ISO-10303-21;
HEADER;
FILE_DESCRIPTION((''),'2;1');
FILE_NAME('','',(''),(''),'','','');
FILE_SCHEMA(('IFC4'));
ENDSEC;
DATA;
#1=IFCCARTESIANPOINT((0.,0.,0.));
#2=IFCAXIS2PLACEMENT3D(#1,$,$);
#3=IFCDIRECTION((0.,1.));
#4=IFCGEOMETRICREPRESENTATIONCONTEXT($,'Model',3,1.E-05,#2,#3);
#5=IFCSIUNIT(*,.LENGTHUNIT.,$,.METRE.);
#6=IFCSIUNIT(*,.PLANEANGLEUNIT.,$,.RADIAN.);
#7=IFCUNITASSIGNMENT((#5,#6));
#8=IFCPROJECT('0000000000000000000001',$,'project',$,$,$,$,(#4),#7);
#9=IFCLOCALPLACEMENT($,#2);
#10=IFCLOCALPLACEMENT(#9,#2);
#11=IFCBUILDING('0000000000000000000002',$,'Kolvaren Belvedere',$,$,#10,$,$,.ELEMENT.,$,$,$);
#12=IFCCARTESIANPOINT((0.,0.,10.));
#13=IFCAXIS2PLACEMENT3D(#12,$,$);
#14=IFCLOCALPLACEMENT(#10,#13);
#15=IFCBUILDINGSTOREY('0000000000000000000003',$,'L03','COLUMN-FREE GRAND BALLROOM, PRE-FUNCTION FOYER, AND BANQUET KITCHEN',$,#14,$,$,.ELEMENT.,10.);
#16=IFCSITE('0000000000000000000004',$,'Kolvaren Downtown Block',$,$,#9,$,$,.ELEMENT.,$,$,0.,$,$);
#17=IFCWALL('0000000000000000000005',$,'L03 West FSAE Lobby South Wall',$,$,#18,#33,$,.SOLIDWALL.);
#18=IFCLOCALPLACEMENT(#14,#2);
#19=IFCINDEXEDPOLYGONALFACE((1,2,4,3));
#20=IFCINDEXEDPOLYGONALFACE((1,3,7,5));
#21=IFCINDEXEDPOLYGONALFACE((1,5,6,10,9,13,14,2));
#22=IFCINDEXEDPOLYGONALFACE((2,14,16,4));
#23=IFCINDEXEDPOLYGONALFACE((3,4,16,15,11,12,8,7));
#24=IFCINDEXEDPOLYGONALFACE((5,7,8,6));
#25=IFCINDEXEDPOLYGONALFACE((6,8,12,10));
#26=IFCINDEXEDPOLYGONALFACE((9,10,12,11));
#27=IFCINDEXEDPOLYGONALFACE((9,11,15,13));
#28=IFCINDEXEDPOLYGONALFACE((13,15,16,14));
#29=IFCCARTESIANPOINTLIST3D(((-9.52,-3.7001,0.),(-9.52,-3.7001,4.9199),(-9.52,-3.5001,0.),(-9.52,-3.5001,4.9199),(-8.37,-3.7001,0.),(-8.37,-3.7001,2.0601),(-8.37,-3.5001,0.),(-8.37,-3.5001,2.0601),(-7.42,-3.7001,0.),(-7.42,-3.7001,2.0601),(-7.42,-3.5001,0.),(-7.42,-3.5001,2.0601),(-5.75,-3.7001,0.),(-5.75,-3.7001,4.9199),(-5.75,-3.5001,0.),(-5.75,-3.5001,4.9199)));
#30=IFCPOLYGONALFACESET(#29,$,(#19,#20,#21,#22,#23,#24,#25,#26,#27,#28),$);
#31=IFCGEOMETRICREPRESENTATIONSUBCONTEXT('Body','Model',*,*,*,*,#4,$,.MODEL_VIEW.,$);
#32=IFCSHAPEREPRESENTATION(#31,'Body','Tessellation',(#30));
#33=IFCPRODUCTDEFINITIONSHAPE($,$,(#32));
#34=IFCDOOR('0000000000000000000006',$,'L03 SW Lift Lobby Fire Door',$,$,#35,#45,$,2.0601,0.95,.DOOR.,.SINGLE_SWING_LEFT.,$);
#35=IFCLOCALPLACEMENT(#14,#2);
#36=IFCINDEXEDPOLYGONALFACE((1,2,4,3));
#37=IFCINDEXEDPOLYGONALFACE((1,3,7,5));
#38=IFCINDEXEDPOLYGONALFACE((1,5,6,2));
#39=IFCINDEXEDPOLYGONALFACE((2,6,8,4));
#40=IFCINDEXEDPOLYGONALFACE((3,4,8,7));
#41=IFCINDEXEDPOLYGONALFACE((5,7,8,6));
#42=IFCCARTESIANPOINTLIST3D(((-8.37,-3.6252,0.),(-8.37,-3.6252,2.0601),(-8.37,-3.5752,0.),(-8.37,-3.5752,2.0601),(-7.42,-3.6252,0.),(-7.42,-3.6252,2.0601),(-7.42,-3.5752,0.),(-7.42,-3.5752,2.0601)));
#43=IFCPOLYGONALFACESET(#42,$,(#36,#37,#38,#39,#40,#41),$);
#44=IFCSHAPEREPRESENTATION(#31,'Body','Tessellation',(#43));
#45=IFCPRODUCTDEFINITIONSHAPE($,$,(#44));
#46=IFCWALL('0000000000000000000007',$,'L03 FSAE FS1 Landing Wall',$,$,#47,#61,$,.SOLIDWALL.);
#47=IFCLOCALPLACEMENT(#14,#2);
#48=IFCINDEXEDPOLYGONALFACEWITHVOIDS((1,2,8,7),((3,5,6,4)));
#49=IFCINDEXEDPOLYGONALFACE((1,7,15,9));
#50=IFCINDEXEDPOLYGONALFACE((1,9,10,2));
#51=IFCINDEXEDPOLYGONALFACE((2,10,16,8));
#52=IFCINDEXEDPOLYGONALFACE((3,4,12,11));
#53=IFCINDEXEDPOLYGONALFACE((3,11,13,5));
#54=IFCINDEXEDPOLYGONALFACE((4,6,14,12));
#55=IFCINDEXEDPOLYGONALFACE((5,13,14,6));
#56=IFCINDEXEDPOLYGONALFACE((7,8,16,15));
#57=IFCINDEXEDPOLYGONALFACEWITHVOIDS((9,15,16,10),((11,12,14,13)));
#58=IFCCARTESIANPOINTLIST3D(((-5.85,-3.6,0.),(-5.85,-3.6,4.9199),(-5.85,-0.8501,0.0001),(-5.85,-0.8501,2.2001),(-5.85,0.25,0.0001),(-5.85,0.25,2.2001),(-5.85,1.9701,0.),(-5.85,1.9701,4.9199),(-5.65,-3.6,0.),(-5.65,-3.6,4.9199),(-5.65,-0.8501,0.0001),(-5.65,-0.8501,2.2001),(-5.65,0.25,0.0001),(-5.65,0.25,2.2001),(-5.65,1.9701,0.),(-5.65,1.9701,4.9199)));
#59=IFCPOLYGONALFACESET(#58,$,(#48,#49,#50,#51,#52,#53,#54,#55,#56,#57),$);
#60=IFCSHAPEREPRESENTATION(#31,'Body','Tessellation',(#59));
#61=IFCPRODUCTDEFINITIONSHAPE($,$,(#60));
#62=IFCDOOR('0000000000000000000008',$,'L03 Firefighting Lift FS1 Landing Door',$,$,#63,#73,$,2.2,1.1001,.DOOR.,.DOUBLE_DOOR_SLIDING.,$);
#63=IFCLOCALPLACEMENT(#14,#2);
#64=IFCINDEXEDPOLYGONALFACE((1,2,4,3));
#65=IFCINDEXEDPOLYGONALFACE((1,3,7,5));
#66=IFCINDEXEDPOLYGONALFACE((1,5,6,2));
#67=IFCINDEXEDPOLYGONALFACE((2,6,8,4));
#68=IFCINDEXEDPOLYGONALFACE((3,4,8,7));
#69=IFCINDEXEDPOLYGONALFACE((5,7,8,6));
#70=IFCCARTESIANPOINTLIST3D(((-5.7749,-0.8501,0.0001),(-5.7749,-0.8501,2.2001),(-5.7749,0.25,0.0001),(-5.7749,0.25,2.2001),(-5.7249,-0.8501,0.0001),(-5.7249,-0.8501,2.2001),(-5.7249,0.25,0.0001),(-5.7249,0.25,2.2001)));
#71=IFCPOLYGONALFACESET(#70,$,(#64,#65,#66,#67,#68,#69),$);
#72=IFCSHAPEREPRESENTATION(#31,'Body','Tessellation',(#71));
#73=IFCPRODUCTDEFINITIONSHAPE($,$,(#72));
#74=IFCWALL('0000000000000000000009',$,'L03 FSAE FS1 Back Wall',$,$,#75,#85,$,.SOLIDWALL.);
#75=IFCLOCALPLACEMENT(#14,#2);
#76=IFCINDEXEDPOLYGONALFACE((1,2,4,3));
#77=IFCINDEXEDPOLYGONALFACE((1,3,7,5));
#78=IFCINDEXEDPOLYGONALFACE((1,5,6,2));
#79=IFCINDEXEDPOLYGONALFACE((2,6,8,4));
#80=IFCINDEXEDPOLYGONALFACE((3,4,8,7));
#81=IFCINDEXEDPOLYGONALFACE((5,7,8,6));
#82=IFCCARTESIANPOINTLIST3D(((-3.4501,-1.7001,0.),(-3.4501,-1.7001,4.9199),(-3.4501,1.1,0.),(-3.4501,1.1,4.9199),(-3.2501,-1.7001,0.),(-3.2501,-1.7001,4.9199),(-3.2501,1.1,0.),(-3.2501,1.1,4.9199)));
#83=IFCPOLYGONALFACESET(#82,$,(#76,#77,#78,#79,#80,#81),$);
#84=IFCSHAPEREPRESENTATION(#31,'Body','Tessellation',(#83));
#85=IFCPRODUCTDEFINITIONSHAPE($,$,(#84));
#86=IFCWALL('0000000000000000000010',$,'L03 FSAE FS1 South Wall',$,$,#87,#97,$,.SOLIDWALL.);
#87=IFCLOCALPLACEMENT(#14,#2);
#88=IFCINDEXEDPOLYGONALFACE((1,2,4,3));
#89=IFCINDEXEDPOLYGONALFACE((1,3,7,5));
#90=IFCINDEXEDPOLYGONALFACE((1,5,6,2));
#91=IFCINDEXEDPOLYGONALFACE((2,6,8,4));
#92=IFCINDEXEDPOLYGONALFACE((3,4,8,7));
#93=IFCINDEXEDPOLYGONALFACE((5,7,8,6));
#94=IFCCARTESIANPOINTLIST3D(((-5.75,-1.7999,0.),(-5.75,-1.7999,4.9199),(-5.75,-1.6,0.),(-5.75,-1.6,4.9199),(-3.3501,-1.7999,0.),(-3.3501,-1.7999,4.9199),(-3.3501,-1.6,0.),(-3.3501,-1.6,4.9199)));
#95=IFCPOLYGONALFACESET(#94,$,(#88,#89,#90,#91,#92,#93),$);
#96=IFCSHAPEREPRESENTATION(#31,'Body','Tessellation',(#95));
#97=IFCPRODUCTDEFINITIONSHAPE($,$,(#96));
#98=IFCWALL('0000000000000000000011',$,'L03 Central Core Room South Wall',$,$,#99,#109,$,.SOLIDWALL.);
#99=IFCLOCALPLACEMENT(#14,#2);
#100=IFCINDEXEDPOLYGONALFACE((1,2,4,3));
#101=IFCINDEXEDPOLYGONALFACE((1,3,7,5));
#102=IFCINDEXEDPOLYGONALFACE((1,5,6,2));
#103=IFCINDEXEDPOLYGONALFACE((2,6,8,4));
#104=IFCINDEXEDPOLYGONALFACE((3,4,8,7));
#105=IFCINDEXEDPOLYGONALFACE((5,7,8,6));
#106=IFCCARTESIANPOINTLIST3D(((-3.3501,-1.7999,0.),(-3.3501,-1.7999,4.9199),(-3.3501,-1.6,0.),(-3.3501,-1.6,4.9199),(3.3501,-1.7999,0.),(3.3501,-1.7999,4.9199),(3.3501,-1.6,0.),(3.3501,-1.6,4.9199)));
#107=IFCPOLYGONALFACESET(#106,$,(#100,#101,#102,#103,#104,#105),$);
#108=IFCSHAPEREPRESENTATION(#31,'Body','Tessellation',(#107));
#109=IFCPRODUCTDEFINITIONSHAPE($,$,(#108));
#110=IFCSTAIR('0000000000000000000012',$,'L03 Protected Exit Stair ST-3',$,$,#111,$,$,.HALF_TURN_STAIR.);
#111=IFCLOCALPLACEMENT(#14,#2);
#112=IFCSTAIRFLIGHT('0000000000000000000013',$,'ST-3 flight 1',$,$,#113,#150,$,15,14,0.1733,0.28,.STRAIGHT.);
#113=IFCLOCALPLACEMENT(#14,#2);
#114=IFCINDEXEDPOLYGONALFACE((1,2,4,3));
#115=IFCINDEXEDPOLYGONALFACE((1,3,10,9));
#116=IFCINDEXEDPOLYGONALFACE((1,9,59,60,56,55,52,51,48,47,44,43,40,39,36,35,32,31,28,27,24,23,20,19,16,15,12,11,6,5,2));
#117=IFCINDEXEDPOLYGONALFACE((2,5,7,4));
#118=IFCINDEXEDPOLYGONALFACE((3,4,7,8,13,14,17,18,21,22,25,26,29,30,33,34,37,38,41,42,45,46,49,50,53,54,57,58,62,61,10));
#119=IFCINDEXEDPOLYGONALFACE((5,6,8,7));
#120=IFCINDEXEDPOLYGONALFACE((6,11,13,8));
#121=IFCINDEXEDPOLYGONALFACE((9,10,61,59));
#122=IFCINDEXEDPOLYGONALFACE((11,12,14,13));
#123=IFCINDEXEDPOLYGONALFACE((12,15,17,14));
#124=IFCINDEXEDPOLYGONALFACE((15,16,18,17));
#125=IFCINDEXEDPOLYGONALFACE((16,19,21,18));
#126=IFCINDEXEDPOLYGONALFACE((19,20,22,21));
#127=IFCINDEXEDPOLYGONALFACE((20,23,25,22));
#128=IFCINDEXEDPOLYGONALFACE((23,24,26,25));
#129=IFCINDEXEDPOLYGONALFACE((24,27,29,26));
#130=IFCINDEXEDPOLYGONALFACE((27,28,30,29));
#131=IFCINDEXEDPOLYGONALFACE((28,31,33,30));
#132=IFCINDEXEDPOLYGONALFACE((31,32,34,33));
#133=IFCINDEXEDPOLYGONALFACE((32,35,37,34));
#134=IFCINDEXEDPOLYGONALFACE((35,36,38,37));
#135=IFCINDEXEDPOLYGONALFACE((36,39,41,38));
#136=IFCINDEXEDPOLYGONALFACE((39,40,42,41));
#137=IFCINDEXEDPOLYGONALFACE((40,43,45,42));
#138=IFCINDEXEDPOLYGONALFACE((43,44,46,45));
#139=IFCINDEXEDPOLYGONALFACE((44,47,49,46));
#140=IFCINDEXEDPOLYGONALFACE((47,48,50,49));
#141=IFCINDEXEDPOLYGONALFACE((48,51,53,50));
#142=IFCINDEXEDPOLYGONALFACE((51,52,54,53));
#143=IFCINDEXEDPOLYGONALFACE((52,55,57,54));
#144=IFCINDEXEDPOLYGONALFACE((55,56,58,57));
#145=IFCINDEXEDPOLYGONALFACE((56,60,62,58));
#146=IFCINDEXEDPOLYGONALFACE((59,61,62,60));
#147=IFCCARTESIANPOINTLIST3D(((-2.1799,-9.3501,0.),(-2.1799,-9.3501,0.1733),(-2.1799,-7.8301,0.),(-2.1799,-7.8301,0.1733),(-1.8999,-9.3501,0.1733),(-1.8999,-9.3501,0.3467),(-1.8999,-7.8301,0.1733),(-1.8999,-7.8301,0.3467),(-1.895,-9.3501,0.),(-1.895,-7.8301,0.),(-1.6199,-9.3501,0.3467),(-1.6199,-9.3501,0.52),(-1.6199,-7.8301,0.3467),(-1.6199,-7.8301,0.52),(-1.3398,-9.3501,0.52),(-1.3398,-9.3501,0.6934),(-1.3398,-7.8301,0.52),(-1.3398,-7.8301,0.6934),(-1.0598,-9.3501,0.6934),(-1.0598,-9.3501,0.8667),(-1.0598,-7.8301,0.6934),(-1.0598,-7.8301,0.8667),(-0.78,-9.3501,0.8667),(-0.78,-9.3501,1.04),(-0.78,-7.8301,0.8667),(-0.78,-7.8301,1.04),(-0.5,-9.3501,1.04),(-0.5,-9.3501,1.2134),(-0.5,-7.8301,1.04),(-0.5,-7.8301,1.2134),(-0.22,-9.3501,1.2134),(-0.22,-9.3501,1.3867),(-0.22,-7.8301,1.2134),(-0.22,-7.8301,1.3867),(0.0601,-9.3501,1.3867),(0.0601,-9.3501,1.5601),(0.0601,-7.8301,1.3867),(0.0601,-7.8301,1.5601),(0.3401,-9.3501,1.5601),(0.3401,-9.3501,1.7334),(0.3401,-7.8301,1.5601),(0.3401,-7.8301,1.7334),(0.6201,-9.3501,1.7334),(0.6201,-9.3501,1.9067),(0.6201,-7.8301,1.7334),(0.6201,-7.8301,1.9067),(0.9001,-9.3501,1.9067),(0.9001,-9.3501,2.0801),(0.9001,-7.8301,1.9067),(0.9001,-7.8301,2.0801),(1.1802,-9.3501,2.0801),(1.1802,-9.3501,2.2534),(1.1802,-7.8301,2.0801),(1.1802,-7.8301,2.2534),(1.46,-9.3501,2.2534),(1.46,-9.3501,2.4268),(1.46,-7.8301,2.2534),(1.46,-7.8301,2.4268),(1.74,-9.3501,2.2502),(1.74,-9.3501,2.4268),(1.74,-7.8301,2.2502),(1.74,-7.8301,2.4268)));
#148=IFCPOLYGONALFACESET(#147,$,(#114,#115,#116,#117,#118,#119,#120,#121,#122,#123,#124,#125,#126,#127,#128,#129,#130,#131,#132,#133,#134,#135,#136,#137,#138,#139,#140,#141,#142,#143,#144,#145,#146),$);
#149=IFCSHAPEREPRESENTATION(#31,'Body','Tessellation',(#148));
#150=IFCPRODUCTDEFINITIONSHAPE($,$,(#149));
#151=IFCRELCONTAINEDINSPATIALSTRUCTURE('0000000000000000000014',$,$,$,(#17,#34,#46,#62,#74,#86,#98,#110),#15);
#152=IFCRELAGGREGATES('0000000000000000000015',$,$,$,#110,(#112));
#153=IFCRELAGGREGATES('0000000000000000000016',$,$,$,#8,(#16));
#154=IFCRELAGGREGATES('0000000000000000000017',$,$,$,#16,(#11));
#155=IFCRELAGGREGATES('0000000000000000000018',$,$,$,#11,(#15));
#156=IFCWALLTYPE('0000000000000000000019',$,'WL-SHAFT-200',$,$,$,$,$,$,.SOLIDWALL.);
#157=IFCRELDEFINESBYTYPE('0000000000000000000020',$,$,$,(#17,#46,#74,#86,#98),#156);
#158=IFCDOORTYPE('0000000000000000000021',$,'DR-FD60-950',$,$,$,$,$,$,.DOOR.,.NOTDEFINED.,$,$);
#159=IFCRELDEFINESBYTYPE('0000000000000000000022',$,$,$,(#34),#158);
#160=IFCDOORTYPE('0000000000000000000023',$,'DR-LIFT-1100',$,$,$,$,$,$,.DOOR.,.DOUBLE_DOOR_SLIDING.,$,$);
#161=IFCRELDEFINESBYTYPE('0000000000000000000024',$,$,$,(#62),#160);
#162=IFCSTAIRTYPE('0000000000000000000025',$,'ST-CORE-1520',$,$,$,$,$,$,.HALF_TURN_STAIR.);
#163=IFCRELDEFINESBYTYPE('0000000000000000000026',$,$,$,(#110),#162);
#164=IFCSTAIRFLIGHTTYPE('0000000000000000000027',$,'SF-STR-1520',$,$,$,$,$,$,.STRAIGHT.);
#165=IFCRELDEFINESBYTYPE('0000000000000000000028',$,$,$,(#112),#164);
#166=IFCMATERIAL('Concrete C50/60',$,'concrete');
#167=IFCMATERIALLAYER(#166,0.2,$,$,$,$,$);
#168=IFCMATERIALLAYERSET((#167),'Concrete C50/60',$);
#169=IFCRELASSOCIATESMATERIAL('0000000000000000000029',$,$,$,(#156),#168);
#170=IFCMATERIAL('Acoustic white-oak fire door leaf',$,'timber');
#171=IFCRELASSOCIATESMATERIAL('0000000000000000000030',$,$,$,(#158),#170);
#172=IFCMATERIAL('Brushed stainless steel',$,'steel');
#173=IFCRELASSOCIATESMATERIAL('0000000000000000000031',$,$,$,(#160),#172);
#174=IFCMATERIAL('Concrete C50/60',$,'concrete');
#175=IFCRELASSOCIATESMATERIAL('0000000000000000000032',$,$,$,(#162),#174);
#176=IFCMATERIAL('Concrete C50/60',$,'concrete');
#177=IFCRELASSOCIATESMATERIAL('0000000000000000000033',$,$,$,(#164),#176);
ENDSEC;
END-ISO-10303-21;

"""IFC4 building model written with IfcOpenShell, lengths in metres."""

from ifc_helpers import new_model, si_unit, direction, frame, frame_2d, origin, place, context, subcontext, project, spatial, polyline, rectangle, outline, extrude, material, layer, layer_set, type_object, element, fill, aggregate, save


model = new_model("IFC4")

# Units and contexts
model_context = context("Model", 3, precision=1e-05, world=origin(), true_north=direction((0.0, 1.0)))
body_context = subcontext(model_context, "Body", "Model", "MODEL_VIEW")
ifc_project = project(units=[si_unit("LENGTHUNIT", "METRE"), si_unit("PLANEANGLEUNIT", "RADIAN")], contexts=[model_context])

# Site, building, storey
site_placement = place(None, origin())
site = spatial("IfcSite", under=ifc_project, at=site_placement, Name="Kolvaren Downtown Block", CompositionType="ELEMENT", RefElevation=0.0)
building_placement = place(site_placement, origin())
building = spatial("IfcBuilding", under=site, at=building_placement, Name="Kolvaren Belvedere", CompositionType="ELEMENT")
storey_placement = place(building_placement, frame((0.0, 0.0, 10.0)))
storey = spatial("IfcBuildingStorey", under=building, at=storey_placement, Name="L03", Description="COLUMN-FREE GRAND BALLROOM, PRE-FUNCTION FOYER, AND BANQUET KITCHEN", CompositionType="ELEMENT", Elevation=10.0)

# Walls, openings, doors
ifc_material_1 = material(Name="Concrete C50/60", Category="concrete")
ifc_layer_1 = layer(ifc_material_1, 0.2)
ifc_layer_set_1 = layer_set([ifc_layer_1], Name="Concrete C50/60")
wall_type_1 = type_object("IfcWallType", Name="WL-SHAFT-200", PredefinedType="SOLIDWALL", material=ifc_layer_set_1)
wall_1_placement = place(storey_placement, frame((-9.52, -3.6001, 0.0), z_axis=(0.0, 0.0, 1.0), x_axis=(1.0, 0.0, 0.0)))
wall_1 = element("IfcWall", 1, at=wall_1_placement, inside=storey, type_object=wall_type_1, Name="L03 West FSAE Lobby South Wall", PredefinedType="SOLIDWALL", context=body_context, shape_type="SweptSolid", body=[
    extrude(rectangle(XDim=3.77, YDim=0.2, at=frame_2d((1.885, 0.0))), origin(), (0.0, 0.0, 1.0), 4.9199),
])
opening_1_placement = place(wall_1_placement, frame((1.1499, 0.0, 0.0)))
opening_1 = element("IfcOpeningElement", 2, at=opening_1_placement, cuts=wall_1, PredefinedType="OPENING", context=body_context, shape_type="SweptSolid", body=[
    extrude(rectangle(XDim=0.95, YDim=2.0601, at=frame_2d((0.4751, 1.03))), frame((0.0, 0.1099, 0.0), z_axis=(0.0, -1.0, 0.0), x_axis=(1.0, 0.0, 0.0)), (0.0, 0.0, 1.0), 0.22),
])
ifc_material_2 = material(Name="Acoustic white-oak fire door leaf", Category="timber")
door_type_1 = type_object("IfcDoorType", Name="DR-FD60-950", OperationType="NOTDEFINED", PredefinedType="DOOR", material=ifc_material_2)
door_1_placement = place(opening_1_placement, origin())
door_1 = element("IfcDoor", 3, at=door_1_placement, inside=storey, type_object=door_type_1, Name="L03 SW Lift Lobby Fire Door", OperationType="SINGLE_SWING_LEFT", OverallHeight=2.0601, OverallWidth=0.95, PredefinedType="DOOR", context=body_context, shape_type="SweptSolid", body=[
    extrude(rectangle(XDim=0.95, YDim=2.0601, at=frame_2d((0.4751, 1.03))), frame((0.0, 0.0249, 0.0), z_axis=(0.0, -1.0, 0.0), x_axis=(1.0, 0.0, 0.0)), (0.0, 0.0, 1.0), 0.05),
])
fill(opening_1, door_1)
wall_2_placement = place(storey_placement, frame((-5.75, -3.6001, 0.0), z_axis=(0.0, 0.0, 1.0), x_axis=(0.0, 1.0, 0.0)))
wall_2 = element("IfcWall", 4, at=wall_2_placement, inside=storey, type_object=wall_type_1, Name="L03 FSAE FS1 Landing Wall", PredefinedType="SOLIDWALL", context=body_context, shape_type="SweptSolid", body=[
    extrude(rectangle(XDim=5.5701, YDim=0.2, at=frame_2d((2.7852, 0.0))), origin(), (0.0, 0.0, 1.0), 4.9199),
])
opening_2_placement = place(wall_2_placement, frame((2.75, 0.0, 0.0)))
opening_2 = element("IfcOpeningElement", 5, at=opening_2_placement, cuts=wall_2, PredefinedType="OPENING", context=body_context, shape_type="SweptSolid", body=[
    extrude(rectangle(XDim=1.1001, YDim=2.2, at=frame_2d((0.55, 1.1001))), frame((0.0, 0.1099, 0.0), z_axis=(0.0, -1.0, 0.0), x_axis=(1.0, 0.0, 0.0)), (0.0, 0.0, 1.0), 0.22),
])
ifc_material_3 = material(Name="Brushed stainless steel", Category="steel")
door_type_2 = type_object("IfcDoorType", Name="DR-LIFT-1100", OperationType="DOUBLE_DOOR_SLIDING", PredefinedType="DOOR", material=ifc_material_3)
door_2_placement = place(opening_2_placement, origin())
door_2 = element("IfcDoor", 6, at=door_2_placement, inside=storey, type_object=door_type_2, Name="L03 Firefighting Lift FS1 Landing Door", OperationType="DOUBLE_DOOR_SLIDING", OverallHeight=2.2, OverallWidth=1.1001, PredefinedType="DOOR", context=body_context, shape_type="SweptSolid", body=[
    extrude(rectangle(XDim=1.1001, YDim=2.2, at=frame_2d((0.55, 1.1001))), frame((0.0, 0.0249, 0.0), z_axis=(0.0, -1.0, 0.0), x_axis=(1.0, 0.0, 0.0)), (0.0, 0.0, 1.0), 0.05),
])
fill(opening_2, door_2)

# Walls
wall_3_placement = place(storey_placement, frame((-3.3501, -1.7, 0.0), z_axis=(0.0, 0.0, 1.0), x_axis=(0.0, 1.0, 0.0)))
element("IfcWall", 7, at=wall_3_placement, inside=storey, type_object=wall_type_1, Name="L03 FSAE FS1 Back Wall", PredefinedType="SOLIDWALL", context=body_context, shape_type="SweptSolid", body=[
    extrude(rectangle(XDim=2.8, YDim=0.2, at=frame_2d((1.3999, 0.0))), origin(), (0.0, 0.0, 1.0), 4.9199),
])
wall_4_placement = place(storey_placement, frame((-5.75, -1.7, 0.0), z_axis=(0.0, 0.0, 1.0), x_axis=(1.0, 0.0, 0.0)))
element("IfcWall", 8, at=wall_4_placement, inside=storey, type_object=wall_type_1, Name="L03 FSAE FS1 South Wall", PredefinedType="SOLIDWALL", context=body_context, shape_type="SweptSolid", body=[
    extrude(rectangle(XDim=2.3999, YDim=0.2, at=frame_2d((1.2, 0.0))), origin(), (0.0, 0.0, 1.0), 4.9199),
])
wall_5_placement = place(storey_placement, frame((-3.3501, -1.7, 0.0), z_axis=(0.0, 0.0, 1.0), x_axis=(1.0, 0.0, 0.0)))
element("IfcWall", 9, at=wall_5_placement, inside=storey, type_object=wall_type_1, Name="L03 Central Core Room South Wall", PredefinedType="SOLIDWALL", context=body_context, shape_type="SweptSolid", body=[
    extrude(rectangle(XDim=6.7002, YDim=0.2, at=frame_2d((3.3501, 0.0))), origin(), (0.0, 0.0, 1.0), 4.9199),
])

# Stair, stair flight
ifc_material_4 = material(Name="Concrete C50/60", Category="concrete")
stair_type = type_object("IfcStairType", Name="ST-CORE-1520", PredefinedType="HALF_TURN_STAIR", material=ifc_material_4)
stair_placement = place(storey_placement, origin())
stair = element("IfcStair", 10, at=stair_placement, inside=storey, type_object=stair_type, Name="L03 Protected Exit Stair ST-3", PredefinedType="HALF_TURN_STAIR")
ifc_material_5 = material(Name="Concrete C50/60", Category="concrete")
stair_flight_type = type_object("IfcStairFlightType", Name="SF-STR-1520", PredefinedType="STRAIGHT", material=ifc_material_5)
stair_flight_placement = place(storey_placement, frame((-2.1799, -8.5901, 0.0), z_axis=(0.0, 0.0, 1.0), x_axis=(1.0, 0.0, 0.0)))
stair_flight = element("IfcStairFlight", 11, at=stair_flight_placement, type_object=stair_flight_type, Name="ST-3 flight 1", NumberOfRisers=15, NumberOfTreads=14, PredefinedType="STRAIGHT", RiserHeight=0.1733, TreadLength=0.28, context=body_context, shape_type="SweptSolid", body=[
    extrude(outline(polyline([(0.0, 0.0), (0.0, 0.1733), (0.28, 0.1733), (0.28, 0.3467), (0.5601, 0.3467), (0.5601, 0.52), (0.8401, 0.52), (0.8401, 0.6934), (1.1201, 0.6934), (1.1201, 0.8667), (1.3999, 0.8667), (1.3999, 1.04), (1.6799, 1.04), (1.6799, 1.2134), (1.96, 1.2134), (1.96, 1.3867), (2.24, 1.3867), (2.24, 1.5601), (2.52, 1.5601), (2.52, 1.7334), (2.8, 1.7334), (2.8, 1.9067), (3.0801, 1.9067), (3.0801, 2.0801), (3.3601, 2.0801), (3.3601, 2.2534), (3.6399, 2.2534), (3.6399, 2.4268), (3.9199, 2.4268), (3.9199, 2.6001), (3.9199, 2.2502), (0.2849, 0.0), (0.0, 0.0)])), frame((0.0, 0.76, 0.0), z_axis=(0.0, -1.0, 0.0), x_axis=(1.0, 0.0, 0.0)), (0.0, 0.0, 1.0), 1.52),
])
aggregate(stair, [stair_flight])

save(model, "model.ifc")
